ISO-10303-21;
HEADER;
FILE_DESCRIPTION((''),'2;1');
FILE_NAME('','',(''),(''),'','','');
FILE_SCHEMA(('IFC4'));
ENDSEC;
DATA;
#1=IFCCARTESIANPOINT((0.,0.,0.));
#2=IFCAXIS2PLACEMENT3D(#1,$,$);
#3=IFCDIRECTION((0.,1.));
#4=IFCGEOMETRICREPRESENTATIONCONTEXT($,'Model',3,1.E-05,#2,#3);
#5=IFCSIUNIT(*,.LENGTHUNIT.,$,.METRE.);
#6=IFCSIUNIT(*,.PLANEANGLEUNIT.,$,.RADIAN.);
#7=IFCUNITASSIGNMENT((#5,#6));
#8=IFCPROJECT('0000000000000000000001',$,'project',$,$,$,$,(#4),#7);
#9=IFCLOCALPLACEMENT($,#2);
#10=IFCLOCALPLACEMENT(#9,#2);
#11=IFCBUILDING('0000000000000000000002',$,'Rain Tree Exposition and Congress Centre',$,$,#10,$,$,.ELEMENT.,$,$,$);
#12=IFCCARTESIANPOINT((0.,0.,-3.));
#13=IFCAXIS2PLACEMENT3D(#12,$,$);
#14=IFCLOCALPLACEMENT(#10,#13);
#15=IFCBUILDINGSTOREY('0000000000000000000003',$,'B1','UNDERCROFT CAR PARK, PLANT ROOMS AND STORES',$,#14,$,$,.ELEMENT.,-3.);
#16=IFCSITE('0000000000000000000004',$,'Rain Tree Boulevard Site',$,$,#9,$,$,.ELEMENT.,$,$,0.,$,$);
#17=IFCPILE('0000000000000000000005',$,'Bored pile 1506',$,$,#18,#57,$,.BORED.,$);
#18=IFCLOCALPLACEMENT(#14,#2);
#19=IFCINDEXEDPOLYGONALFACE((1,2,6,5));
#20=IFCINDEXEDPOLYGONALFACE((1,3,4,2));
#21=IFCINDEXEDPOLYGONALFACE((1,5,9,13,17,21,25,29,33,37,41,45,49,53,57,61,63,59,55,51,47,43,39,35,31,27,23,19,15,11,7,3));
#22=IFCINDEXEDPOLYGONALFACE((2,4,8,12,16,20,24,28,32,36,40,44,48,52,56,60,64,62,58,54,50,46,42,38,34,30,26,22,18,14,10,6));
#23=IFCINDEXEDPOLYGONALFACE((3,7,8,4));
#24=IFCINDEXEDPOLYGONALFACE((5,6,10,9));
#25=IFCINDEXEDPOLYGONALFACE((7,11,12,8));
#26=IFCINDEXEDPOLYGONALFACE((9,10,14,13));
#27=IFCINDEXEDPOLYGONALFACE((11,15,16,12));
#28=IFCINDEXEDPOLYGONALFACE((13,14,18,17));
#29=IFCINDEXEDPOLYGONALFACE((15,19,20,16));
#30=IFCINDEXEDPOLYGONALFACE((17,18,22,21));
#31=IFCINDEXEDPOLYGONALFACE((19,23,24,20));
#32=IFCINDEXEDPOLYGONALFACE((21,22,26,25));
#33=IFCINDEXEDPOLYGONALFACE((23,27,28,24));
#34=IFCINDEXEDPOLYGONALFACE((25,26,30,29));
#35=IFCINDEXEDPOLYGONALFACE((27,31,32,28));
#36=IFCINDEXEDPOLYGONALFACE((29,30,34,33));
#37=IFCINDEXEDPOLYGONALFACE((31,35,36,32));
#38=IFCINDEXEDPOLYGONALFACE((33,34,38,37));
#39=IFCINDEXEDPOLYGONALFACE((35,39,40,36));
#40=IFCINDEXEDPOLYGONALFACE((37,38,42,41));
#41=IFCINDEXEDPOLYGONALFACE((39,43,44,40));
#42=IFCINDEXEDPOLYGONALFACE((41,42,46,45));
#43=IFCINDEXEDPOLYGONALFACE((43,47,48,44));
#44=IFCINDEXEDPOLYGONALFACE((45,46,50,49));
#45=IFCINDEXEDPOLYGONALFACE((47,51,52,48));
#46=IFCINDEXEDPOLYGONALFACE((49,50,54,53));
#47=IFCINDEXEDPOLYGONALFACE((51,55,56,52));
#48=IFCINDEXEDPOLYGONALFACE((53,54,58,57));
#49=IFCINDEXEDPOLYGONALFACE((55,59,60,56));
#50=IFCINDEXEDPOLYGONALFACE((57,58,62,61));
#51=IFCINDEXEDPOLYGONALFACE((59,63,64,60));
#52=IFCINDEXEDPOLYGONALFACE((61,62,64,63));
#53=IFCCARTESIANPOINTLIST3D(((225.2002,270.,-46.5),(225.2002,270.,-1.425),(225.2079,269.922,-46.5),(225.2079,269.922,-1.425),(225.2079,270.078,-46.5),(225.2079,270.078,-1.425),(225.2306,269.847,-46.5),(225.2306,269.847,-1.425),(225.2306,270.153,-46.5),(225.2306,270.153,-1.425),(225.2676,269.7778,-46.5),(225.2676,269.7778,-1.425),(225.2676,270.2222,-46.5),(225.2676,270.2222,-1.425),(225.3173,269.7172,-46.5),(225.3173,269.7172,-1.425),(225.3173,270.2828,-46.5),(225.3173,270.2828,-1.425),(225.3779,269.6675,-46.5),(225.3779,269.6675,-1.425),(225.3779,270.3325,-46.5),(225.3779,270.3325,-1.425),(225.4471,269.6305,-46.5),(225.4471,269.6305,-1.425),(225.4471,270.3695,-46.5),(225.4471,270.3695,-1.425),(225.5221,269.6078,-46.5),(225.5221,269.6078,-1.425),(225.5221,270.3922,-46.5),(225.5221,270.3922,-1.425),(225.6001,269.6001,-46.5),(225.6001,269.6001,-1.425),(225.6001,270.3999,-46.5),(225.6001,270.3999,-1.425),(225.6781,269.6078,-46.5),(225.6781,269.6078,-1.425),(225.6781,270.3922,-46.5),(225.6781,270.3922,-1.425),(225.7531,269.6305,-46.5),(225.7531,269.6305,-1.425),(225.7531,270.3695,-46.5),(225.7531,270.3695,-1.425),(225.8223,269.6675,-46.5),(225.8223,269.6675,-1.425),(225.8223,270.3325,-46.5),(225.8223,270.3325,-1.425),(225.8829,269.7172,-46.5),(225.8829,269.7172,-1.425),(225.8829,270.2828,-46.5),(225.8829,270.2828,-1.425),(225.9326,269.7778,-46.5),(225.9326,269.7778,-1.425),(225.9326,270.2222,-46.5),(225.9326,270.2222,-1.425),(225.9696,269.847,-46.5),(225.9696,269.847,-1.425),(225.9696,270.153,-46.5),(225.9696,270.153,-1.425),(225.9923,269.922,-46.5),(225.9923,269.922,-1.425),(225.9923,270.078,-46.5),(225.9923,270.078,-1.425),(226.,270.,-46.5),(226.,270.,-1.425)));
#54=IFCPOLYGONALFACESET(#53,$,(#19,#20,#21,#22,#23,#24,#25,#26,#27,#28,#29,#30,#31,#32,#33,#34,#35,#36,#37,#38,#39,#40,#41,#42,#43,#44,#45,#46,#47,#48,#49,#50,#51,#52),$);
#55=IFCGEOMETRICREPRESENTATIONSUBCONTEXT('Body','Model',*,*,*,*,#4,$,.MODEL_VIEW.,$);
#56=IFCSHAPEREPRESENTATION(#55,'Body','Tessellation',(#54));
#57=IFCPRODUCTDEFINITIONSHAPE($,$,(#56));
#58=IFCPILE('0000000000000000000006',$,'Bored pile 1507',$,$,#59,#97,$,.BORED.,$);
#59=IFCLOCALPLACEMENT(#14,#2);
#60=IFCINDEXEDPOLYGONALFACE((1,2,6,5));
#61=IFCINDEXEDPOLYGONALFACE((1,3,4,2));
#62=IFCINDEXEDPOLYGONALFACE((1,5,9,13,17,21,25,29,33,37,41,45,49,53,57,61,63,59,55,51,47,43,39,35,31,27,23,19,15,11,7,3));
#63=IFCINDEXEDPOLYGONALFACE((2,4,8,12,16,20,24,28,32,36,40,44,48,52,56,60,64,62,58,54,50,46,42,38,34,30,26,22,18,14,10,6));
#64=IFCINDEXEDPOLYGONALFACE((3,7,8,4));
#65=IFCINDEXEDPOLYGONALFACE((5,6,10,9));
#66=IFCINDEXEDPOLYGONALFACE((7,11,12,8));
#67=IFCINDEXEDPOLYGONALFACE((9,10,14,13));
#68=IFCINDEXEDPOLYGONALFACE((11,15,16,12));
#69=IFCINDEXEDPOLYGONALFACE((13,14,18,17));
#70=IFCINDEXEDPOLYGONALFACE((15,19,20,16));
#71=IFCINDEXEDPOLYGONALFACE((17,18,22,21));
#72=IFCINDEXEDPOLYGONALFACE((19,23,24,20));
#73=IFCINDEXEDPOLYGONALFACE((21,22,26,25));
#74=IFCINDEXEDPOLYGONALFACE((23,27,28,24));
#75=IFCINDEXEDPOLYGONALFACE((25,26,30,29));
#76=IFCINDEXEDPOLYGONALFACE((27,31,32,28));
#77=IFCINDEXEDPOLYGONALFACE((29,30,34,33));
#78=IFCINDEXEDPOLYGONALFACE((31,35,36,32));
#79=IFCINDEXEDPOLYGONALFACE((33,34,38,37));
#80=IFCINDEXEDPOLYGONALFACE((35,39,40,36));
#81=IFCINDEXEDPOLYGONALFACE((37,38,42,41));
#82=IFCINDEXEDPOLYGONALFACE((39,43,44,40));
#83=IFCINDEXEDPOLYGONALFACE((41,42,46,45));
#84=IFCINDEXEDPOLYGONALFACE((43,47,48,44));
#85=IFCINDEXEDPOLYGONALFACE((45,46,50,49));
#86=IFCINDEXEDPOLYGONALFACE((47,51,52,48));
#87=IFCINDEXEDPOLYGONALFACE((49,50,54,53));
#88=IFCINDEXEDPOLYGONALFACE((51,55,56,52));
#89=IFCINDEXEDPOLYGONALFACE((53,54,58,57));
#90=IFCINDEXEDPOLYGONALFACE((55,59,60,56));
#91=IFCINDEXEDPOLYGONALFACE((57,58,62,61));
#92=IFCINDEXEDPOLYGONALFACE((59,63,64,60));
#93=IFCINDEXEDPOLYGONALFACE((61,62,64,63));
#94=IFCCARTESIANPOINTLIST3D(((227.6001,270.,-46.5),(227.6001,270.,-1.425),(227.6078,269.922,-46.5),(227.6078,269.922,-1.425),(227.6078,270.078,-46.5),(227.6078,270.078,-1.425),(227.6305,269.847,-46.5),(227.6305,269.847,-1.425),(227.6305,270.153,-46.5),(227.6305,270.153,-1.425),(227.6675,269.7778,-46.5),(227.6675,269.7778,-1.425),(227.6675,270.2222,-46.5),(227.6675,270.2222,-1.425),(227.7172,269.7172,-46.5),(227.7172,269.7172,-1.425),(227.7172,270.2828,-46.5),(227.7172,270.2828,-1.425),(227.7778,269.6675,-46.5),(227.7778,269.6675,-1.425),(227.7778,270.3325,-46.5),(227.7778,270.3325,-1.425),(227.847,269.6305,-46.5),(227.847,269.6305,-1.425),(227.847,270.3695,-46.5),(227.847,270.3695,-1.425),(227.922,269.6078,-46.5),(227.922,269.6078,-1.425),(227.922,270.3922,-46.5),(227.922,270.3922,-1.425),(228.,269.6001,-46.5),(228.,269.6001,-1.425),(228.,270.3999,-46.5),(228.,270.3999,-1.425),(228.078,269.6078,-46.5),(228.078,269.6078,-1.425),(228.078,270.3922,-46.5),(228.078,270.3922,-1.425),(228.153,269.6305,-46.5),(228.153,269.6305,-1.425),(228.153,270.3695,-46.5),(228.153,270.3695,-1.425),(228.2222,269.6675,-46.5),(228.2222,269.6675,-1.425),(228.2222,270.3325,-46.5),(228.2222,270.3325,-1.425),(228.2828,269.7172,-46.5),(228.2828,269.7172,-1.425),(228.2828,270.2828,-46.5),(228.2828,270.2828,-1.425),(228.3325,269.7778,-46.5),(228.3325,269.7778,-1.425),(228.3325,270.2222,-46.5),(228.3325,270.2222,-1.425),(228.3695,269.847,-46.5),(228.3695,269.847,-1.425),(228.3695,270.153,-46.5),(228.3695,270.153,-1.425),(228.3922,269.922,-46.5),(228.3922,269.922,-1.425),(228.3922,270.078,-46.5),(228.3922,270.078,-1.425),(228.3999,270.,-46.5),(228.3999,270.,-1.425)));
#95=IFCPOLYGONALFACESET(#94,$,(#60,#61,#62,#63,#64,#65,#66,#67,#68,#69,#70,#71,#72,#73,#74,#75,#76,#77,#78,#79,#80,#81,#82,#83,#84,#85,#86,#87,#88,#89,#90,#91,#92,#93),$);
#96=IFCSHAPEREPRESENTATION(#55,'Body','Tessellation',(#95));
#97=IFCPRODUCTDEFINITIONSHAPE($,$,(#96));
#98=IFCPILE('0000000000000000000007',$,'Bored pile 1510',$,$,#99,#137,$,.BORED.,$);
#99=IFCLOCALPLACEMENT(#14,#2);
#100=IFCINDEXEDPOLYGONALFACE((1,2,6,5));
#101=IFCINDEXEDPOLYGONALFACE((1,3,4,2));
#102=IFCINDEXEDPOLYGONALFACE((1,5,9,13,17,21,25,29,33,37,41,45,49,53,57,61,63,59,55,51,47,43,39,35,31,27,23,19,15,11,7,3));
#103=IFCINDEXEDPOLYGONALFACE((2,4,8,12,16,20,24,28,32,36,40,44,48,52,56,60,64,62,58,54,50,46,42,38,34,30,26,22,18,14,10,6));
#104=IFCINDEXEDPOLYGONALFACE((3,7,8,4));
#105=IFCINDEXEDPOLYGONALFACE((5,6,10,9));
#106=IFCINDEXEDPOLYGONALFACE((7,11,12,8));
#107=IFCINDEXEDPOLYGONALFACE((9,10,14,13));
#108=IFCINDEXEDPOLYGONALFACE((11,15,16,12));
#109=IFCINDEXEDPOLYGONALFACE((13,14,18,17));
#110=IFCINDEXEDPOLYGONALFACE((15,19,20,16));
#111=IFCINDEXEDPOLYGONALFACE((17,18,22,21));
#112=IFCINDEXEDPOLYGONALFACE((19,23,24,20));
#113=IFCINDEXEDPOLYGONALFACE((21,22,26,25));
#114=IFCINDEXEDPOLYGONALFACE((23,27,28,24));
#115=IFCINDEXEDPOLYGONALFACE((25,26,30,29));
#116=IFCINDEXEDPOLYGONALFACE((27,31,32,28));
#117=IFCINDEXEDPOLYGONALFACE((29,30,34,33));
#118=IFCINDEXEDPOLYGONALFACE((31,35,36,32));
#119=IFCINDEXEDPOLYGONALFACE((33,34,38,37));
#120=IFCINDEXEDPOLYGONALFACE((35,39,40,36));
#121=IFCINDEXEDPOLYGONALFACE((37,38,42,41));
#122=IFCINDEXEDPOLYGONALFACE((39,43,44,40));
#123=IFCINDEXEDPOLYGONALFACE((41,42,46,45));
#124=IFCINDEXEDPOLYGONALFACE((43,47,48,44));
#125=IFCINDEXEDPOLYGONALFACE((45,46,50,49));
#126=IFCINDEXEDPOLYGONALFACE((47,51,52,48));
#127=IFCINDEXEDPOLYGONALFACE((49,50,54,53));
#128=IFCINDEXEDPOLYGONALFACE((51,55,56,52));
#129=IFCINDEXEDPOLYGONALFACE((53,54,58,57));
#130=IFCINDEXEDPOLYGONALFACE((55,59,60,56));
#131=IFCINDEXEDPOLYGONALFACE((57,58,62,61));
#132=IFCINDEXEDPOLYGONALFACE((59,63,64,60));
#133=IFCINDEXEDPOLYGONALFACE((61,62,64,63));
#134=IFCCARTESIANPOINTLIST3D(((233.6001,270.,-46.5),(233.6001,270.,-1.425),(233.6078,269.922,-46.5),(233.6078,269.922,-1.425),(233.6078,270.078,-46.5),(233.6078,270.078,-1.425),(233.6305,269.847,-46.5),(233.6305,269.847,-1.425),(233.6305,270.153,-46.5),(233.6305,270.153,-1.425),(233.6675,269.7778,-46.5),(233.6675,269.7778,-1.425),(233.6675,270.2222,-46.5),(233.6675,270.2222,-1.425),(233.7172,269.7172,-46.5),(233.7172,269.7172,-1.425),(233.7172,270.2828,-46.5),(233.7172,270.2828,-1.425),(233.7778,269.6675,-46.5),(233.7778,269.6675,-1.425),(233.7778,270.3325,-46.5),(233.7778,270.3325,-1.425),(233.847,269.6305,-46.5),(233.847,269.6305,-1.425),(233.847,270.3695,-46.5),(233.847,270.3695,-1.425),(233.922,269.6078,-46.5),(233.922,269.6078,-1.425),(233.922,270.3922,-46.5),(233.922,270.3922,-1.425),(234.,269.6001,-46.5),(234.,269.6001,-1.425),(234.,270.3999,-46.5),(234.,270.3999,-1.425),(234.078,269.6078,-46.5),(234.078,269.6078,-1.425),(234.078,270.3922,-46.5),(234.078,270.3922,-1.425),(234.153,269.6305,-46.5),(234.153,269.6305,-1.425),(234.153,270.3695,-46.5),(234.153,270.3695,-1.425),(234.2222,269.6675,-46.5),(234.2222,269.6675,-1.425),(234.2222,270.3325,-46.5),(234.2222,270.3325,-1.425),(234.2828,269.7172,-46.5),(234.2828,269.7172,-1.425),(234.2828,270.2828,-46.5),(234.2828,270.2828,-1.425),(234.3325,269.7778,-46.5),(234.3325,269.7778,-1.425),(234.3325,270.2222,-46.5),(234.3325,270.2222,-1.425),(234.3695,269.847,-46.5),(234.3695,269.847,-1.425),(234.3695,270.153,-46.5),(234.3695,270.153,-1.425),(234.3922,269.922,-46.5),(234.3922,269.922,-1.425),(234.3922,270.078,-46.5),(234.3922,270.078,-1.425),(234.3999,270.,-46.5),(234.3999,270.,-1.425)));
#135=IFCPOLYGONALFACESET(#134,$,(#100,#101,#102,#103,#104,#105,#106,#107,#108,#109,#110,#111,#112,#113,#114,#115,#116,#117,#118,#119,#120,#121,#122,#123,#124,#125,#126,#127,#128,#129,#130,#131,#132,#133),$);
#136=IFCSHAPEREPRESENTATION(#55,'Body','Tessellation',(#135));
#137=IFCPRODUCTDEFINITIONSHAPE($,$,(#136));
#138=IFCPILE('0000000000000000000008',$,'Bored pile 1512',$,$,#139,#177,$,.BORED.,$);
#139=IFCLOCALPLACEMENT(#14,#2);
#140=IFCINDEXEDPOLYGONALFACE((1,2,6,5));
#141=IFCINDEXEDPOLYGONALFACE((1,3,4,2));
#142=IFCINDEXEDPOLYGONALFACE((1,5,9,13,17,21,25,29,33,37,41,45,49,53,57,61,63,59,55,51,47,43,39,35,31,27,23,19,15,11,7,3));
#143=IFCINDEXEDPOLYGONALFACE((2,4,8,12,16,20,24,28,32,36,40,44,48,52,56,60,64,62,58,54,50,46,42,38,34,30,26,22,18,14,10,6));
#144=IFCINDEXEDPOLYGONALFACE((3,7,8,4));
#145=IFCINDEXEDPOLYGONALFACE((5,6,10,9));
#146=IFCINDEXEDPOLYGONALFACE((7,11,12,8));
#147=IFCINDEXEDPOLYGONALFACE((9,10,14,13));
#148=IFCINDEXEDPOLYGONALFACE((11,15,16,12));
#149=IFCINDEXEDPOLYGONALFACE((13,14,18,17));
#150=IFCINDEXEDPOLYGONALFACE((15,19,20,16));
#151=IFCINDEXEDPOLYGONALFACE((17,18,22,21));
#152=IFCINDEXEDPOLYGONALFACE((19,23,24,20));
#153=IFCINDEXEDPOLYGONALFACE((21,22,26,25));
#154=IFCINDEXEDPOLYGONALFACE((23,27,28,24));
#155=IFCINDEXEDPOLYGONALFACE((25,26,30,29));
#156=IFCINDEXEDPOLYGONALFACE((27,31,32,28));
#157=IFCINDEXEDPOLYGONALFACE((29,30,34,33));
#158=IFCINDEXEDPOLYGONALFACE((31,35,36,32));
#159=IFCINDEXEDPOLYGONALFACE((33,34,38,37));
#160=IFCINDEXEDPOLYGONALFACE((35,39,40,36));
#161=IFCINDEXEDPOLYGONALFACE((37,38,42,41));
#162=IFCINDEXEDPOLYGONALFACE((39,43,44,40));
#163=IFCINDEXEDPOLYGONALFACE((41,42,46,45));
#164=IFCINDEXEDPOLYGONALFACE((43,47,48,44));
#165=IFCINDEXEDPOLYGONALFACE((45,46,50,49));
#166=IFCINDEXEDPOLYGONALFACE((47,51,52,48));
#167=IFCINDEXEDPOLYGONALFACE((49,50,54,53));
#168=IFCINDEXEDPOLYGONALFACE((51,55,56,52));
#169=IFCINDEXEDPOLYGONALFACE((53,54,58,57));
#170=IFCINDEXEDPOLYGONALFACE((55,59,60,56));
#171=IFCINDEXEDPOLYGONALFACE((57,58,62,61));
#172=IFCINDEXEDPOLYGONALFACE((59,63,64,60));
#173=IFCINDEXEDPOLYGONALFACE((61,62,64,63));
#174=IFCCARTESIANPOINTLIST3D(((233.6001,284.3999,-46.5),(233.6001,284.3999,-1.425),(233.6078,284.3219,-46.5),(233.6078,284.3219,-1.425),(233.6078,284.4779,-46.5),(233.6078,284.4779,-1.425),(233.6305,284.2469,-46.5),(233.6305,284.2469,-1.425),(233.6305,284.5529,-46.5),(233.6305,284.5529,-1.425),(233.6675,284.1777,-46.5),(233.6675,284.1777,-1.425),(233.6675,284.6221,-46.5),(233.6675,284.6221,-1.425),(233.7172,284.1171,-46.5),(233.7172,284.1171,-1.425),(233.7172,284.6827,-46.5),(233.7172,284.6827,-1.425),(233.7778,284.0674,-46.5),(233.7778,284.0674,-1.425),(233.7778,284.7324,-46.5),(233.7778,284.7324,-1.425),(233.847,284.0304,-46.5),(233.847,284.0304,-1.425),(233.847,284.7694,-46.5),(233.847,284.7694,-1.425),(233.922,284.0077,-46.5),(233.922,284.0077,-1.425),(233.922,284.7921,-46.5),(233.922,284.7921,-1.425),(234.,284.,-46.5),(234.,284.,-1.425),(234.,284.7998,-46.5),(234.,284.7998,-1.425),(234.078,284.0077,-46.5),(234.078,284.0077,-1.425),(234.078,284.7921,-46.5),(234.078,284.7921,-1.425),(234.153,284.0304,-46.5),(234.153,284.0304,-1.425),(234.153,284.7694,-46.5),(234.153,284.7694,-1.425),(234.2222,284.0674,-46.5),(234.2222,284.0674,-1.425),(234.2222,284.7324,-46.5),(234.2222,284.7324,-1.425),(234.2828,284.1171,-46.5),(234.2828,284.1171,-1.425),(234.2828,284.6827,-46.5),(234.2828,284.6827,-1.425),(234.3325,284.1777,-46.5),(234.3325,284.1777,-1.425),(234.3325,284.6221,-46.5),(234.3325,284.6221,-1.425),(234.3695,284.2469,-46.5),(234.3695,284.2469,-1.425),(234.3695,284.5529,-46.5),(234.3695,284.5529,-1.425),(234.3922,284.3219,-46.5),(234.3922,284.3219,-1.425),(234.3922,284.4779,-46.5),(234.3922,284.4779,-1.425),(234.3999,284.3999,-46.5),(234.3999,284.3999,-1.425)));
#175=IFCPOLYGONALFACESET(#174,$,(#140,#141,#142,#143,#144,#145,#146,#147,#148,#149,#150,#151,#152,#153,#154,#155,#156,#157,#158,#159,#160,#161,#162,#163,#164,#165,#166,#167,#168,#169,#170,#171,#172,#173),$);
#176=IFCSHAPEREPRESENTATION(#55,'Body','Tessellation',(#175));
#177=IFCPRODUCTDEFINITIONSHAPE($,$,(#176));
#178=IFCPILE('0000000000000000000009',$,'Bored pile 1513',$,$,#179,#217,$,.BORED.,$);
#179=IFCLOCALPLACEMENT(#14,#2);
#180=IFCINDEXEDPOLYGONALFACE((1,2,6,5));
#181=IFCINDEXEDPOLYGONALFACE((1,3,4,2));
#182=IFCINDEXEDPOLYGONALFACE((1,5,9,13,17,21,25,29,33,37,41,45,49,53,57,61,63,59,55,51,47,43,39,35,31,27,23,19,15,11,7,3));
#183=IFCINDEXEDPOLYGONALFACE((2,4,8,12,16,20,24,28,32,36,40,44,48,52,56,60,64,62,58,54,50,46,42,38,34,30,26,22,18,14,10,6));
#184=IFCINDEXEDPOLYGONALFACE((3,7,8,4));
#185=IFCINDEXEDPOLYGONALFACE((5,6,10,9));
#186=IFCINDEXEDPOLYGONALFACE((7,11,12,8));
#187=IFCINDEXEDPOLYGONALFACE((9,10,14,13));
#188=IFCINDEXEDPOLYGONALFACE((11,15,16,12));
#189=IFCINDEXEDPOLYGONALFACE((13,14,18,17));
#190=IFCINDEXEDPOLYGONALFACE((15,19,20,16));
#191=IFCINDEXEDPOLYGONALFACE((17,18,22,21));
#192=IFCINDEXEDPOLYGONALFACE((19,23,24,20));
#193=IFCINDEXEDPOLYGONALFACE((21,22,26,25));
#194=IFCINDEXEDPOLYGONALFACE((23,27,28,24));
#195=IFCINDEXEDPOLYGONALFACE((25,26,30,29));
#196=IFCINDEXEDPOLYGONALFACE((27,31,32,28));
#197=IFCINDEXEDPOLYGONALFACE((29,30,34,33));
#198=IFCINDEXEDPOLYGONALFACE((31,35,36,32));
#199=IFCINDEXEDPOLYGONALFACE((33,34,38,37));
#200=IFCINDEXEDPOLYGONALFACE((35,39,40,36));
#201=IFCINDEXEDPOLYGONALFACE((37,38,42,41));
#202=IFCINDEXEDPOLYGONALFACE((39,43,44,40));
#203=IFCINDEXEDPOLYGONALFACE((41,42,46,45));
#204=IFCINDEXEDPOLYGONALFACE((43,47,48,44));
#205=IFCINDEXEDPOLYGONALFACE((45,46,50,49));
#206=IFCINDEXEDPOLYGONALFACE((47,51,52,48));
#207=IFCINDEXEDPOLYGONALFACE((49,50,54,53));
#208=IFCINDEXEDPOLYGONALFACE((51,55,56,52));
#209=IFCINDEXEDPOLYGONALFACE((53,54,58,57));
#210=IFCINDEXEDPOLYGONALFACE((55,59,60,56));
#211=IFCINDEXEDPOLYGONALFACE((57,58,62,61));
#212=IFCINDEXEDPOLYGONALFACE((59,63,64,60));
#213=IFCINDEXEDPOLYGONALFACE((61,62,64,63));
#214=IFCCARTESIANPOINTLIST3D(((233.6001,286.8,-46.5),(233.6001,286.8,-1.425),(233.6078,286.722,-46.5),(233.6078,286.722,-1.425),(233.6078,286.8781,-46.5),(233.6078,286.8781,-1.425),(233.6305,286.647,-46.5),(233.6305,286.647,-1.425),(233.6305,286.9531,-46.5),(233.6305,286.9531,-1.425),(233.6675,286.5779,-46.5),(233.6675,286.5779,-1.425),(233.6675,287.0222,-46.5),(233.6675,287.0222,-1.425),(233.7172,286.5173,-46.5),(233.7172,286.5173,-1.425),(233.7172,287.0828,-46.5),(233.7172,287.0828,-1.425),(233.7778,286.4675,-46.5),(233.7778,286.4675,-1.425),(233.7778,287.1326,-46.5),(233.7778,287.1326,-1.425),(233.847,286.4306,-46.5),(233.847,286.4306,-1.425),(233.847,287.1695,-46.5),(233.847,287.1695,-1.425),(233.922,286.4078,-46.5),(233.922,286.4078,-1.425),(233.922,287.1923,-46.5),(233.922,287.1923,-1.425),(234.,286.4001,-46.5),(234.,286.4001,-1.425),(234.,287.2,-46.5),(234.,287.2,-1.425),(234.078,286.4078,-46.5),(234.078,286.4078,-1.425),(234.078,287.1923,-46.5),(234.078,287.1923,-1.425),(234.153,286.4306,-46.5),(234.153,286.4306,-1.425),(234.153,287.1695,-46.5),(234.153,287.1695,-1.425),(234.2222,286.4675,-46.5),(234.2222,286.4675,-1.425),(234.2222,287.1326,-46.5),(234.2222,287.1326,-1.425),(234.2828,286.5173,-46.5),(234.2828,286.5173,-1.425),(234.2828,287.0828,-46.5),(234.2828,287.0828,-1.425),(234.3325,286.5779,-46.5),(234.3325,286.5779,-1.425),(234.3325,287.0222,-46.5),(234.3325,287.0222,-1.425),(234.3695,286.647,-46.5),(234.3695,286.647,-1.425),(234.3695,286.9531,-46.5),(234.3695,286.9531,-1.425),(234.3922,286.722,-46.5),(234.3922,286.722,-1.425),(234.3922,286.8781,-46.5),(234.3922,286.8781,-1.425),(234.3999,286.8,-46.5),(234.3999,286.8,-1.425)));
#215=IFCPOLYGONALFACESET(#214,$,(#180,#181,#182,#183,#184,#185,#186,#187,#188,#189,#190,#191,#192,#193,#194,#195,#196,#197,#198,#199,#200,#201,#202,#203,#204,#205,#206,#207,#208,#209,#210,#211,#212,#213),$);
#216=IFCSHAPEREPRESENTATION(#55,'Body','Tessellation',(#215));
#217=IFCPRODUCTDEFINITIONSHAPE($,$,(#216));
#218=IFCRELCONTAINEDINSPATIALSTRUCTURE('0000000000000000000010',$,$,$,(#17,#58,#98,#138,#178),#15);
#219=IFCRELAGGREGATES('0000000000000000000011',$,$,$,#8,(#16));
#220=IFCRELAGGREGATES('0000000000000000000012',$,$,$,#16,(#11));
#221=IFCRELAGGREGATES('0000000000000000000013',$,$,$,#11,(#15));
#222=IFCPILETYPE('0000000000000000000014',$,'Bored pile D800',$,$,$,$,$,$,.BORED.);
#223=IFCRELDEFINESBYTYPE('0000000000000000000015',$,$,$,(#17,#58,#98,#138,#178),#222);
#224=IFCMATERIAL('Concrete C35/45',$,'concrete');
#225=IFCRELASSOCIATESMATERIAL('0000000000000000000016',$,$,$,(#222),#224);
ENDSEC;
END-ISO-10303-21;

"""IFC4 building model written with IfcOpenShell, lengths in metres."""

from ifc_helpers import new_model, si_unit, direction, frame, origin, origin_2d, place, context, subcontext, project, spatial, circle, extrude, material, material_profile, profile_set, type_object, element, save


model = new_model("IFC4")

# Units and contexts
model_context = context("Model", 3, precision=1e-05, world=origin(), true_north=direction((0.0, 1.0)))
body_context = subcontext(model_context, "Body", "Model", "MODEL_VIEW")
ifc_project = project(units=[si_unit("LENGTHUNIT", "METRE"), si_unit("PLANEANGLEUNIT", "RADIAN")], contexts=[model_context])

# Site, building, storey
site_placement = place(None, origin())
site = spatial("IfcSite", under=ifc_project, at=site_placement, Name="Rain Tree Boulevard Site", CompositionType="ELEMENT", RefElevation=0.0)
building_placement = place(site_placement, origin())
building = spatial("IfcBuilding", under=site, at=building_placement, Name="Rain Tree Exposition and Congress Centre", CompositionType="ELEMENT")
storey_placement = place(building_placement, frame((0.0, 0.0, -3.0)))
storey = spatial("IfcBuildingStorey", under=building, at=storey_placement, Name="B1", Description="UNDERCROFT CAR PARK, PLANT ROOMS AND STORES", CompositionType="ELEMENT", Elevation=-3.0)

# Piles
ifc_material_1 = material(Name="Concrete C35/45", Category="concrete")
ifc_material_profile_1 = material_profile(ifc_material_1, circle(Radius=0.3999, at=origin_2d()), Name="D800")
ifc_profile_set_1 = profile_set([ifc_material_profile_1], Name="Concrete C35/45")
pile_type_1 = type_object("IfcPileType", Name="Bored pile D800", PredefinedType="BORED", material=ifc_profile_set_1)
for number, where, z_axis, x_axis, name in (
    (1, (225.6001, 270.0, -1.425), (0.0, 0.0, -1.0), (1.0, 0.0, 0.0), "Bored pile 1506"),
    (2, (228.0, 270.0, -1.425), (0.0, 0.0, -1.0), (1.0, 0.0, 0.0), "Bored pile 1507"),
    (3, (234.0, 270.0, -1.425), (0.0, 0.0, -1.0), (1.0, 0.0, 0.0), "Bored pile 1510"),
    (4, (234.0, 284.3999, -1.425), (0.0, 0.0, -1.0), (1.0, 0.0, 0.0), "Bored pile 1512"),
    (5, (234.0, 286.8, -1.425), (0.0, 0.0, -1.0), (1.0, 0.0, 0.0), "Bored pile 1513"),
):
    element("IfcPile", number, at=place(storey_placement, frame(where, z_axis=z_axis, x_axis=x_axis)), inside=storey, type_object=pile_type_1, Name=name, PredefinedType="BORED", context=body_context, shape_type="SweptSolid", body=[
        extrude(circle(Radius=0.3999, at=origin_2d()), origin(), (0.0, 0.0, 1.0), 45.075),
    ])

save(model, "model.ifc")
